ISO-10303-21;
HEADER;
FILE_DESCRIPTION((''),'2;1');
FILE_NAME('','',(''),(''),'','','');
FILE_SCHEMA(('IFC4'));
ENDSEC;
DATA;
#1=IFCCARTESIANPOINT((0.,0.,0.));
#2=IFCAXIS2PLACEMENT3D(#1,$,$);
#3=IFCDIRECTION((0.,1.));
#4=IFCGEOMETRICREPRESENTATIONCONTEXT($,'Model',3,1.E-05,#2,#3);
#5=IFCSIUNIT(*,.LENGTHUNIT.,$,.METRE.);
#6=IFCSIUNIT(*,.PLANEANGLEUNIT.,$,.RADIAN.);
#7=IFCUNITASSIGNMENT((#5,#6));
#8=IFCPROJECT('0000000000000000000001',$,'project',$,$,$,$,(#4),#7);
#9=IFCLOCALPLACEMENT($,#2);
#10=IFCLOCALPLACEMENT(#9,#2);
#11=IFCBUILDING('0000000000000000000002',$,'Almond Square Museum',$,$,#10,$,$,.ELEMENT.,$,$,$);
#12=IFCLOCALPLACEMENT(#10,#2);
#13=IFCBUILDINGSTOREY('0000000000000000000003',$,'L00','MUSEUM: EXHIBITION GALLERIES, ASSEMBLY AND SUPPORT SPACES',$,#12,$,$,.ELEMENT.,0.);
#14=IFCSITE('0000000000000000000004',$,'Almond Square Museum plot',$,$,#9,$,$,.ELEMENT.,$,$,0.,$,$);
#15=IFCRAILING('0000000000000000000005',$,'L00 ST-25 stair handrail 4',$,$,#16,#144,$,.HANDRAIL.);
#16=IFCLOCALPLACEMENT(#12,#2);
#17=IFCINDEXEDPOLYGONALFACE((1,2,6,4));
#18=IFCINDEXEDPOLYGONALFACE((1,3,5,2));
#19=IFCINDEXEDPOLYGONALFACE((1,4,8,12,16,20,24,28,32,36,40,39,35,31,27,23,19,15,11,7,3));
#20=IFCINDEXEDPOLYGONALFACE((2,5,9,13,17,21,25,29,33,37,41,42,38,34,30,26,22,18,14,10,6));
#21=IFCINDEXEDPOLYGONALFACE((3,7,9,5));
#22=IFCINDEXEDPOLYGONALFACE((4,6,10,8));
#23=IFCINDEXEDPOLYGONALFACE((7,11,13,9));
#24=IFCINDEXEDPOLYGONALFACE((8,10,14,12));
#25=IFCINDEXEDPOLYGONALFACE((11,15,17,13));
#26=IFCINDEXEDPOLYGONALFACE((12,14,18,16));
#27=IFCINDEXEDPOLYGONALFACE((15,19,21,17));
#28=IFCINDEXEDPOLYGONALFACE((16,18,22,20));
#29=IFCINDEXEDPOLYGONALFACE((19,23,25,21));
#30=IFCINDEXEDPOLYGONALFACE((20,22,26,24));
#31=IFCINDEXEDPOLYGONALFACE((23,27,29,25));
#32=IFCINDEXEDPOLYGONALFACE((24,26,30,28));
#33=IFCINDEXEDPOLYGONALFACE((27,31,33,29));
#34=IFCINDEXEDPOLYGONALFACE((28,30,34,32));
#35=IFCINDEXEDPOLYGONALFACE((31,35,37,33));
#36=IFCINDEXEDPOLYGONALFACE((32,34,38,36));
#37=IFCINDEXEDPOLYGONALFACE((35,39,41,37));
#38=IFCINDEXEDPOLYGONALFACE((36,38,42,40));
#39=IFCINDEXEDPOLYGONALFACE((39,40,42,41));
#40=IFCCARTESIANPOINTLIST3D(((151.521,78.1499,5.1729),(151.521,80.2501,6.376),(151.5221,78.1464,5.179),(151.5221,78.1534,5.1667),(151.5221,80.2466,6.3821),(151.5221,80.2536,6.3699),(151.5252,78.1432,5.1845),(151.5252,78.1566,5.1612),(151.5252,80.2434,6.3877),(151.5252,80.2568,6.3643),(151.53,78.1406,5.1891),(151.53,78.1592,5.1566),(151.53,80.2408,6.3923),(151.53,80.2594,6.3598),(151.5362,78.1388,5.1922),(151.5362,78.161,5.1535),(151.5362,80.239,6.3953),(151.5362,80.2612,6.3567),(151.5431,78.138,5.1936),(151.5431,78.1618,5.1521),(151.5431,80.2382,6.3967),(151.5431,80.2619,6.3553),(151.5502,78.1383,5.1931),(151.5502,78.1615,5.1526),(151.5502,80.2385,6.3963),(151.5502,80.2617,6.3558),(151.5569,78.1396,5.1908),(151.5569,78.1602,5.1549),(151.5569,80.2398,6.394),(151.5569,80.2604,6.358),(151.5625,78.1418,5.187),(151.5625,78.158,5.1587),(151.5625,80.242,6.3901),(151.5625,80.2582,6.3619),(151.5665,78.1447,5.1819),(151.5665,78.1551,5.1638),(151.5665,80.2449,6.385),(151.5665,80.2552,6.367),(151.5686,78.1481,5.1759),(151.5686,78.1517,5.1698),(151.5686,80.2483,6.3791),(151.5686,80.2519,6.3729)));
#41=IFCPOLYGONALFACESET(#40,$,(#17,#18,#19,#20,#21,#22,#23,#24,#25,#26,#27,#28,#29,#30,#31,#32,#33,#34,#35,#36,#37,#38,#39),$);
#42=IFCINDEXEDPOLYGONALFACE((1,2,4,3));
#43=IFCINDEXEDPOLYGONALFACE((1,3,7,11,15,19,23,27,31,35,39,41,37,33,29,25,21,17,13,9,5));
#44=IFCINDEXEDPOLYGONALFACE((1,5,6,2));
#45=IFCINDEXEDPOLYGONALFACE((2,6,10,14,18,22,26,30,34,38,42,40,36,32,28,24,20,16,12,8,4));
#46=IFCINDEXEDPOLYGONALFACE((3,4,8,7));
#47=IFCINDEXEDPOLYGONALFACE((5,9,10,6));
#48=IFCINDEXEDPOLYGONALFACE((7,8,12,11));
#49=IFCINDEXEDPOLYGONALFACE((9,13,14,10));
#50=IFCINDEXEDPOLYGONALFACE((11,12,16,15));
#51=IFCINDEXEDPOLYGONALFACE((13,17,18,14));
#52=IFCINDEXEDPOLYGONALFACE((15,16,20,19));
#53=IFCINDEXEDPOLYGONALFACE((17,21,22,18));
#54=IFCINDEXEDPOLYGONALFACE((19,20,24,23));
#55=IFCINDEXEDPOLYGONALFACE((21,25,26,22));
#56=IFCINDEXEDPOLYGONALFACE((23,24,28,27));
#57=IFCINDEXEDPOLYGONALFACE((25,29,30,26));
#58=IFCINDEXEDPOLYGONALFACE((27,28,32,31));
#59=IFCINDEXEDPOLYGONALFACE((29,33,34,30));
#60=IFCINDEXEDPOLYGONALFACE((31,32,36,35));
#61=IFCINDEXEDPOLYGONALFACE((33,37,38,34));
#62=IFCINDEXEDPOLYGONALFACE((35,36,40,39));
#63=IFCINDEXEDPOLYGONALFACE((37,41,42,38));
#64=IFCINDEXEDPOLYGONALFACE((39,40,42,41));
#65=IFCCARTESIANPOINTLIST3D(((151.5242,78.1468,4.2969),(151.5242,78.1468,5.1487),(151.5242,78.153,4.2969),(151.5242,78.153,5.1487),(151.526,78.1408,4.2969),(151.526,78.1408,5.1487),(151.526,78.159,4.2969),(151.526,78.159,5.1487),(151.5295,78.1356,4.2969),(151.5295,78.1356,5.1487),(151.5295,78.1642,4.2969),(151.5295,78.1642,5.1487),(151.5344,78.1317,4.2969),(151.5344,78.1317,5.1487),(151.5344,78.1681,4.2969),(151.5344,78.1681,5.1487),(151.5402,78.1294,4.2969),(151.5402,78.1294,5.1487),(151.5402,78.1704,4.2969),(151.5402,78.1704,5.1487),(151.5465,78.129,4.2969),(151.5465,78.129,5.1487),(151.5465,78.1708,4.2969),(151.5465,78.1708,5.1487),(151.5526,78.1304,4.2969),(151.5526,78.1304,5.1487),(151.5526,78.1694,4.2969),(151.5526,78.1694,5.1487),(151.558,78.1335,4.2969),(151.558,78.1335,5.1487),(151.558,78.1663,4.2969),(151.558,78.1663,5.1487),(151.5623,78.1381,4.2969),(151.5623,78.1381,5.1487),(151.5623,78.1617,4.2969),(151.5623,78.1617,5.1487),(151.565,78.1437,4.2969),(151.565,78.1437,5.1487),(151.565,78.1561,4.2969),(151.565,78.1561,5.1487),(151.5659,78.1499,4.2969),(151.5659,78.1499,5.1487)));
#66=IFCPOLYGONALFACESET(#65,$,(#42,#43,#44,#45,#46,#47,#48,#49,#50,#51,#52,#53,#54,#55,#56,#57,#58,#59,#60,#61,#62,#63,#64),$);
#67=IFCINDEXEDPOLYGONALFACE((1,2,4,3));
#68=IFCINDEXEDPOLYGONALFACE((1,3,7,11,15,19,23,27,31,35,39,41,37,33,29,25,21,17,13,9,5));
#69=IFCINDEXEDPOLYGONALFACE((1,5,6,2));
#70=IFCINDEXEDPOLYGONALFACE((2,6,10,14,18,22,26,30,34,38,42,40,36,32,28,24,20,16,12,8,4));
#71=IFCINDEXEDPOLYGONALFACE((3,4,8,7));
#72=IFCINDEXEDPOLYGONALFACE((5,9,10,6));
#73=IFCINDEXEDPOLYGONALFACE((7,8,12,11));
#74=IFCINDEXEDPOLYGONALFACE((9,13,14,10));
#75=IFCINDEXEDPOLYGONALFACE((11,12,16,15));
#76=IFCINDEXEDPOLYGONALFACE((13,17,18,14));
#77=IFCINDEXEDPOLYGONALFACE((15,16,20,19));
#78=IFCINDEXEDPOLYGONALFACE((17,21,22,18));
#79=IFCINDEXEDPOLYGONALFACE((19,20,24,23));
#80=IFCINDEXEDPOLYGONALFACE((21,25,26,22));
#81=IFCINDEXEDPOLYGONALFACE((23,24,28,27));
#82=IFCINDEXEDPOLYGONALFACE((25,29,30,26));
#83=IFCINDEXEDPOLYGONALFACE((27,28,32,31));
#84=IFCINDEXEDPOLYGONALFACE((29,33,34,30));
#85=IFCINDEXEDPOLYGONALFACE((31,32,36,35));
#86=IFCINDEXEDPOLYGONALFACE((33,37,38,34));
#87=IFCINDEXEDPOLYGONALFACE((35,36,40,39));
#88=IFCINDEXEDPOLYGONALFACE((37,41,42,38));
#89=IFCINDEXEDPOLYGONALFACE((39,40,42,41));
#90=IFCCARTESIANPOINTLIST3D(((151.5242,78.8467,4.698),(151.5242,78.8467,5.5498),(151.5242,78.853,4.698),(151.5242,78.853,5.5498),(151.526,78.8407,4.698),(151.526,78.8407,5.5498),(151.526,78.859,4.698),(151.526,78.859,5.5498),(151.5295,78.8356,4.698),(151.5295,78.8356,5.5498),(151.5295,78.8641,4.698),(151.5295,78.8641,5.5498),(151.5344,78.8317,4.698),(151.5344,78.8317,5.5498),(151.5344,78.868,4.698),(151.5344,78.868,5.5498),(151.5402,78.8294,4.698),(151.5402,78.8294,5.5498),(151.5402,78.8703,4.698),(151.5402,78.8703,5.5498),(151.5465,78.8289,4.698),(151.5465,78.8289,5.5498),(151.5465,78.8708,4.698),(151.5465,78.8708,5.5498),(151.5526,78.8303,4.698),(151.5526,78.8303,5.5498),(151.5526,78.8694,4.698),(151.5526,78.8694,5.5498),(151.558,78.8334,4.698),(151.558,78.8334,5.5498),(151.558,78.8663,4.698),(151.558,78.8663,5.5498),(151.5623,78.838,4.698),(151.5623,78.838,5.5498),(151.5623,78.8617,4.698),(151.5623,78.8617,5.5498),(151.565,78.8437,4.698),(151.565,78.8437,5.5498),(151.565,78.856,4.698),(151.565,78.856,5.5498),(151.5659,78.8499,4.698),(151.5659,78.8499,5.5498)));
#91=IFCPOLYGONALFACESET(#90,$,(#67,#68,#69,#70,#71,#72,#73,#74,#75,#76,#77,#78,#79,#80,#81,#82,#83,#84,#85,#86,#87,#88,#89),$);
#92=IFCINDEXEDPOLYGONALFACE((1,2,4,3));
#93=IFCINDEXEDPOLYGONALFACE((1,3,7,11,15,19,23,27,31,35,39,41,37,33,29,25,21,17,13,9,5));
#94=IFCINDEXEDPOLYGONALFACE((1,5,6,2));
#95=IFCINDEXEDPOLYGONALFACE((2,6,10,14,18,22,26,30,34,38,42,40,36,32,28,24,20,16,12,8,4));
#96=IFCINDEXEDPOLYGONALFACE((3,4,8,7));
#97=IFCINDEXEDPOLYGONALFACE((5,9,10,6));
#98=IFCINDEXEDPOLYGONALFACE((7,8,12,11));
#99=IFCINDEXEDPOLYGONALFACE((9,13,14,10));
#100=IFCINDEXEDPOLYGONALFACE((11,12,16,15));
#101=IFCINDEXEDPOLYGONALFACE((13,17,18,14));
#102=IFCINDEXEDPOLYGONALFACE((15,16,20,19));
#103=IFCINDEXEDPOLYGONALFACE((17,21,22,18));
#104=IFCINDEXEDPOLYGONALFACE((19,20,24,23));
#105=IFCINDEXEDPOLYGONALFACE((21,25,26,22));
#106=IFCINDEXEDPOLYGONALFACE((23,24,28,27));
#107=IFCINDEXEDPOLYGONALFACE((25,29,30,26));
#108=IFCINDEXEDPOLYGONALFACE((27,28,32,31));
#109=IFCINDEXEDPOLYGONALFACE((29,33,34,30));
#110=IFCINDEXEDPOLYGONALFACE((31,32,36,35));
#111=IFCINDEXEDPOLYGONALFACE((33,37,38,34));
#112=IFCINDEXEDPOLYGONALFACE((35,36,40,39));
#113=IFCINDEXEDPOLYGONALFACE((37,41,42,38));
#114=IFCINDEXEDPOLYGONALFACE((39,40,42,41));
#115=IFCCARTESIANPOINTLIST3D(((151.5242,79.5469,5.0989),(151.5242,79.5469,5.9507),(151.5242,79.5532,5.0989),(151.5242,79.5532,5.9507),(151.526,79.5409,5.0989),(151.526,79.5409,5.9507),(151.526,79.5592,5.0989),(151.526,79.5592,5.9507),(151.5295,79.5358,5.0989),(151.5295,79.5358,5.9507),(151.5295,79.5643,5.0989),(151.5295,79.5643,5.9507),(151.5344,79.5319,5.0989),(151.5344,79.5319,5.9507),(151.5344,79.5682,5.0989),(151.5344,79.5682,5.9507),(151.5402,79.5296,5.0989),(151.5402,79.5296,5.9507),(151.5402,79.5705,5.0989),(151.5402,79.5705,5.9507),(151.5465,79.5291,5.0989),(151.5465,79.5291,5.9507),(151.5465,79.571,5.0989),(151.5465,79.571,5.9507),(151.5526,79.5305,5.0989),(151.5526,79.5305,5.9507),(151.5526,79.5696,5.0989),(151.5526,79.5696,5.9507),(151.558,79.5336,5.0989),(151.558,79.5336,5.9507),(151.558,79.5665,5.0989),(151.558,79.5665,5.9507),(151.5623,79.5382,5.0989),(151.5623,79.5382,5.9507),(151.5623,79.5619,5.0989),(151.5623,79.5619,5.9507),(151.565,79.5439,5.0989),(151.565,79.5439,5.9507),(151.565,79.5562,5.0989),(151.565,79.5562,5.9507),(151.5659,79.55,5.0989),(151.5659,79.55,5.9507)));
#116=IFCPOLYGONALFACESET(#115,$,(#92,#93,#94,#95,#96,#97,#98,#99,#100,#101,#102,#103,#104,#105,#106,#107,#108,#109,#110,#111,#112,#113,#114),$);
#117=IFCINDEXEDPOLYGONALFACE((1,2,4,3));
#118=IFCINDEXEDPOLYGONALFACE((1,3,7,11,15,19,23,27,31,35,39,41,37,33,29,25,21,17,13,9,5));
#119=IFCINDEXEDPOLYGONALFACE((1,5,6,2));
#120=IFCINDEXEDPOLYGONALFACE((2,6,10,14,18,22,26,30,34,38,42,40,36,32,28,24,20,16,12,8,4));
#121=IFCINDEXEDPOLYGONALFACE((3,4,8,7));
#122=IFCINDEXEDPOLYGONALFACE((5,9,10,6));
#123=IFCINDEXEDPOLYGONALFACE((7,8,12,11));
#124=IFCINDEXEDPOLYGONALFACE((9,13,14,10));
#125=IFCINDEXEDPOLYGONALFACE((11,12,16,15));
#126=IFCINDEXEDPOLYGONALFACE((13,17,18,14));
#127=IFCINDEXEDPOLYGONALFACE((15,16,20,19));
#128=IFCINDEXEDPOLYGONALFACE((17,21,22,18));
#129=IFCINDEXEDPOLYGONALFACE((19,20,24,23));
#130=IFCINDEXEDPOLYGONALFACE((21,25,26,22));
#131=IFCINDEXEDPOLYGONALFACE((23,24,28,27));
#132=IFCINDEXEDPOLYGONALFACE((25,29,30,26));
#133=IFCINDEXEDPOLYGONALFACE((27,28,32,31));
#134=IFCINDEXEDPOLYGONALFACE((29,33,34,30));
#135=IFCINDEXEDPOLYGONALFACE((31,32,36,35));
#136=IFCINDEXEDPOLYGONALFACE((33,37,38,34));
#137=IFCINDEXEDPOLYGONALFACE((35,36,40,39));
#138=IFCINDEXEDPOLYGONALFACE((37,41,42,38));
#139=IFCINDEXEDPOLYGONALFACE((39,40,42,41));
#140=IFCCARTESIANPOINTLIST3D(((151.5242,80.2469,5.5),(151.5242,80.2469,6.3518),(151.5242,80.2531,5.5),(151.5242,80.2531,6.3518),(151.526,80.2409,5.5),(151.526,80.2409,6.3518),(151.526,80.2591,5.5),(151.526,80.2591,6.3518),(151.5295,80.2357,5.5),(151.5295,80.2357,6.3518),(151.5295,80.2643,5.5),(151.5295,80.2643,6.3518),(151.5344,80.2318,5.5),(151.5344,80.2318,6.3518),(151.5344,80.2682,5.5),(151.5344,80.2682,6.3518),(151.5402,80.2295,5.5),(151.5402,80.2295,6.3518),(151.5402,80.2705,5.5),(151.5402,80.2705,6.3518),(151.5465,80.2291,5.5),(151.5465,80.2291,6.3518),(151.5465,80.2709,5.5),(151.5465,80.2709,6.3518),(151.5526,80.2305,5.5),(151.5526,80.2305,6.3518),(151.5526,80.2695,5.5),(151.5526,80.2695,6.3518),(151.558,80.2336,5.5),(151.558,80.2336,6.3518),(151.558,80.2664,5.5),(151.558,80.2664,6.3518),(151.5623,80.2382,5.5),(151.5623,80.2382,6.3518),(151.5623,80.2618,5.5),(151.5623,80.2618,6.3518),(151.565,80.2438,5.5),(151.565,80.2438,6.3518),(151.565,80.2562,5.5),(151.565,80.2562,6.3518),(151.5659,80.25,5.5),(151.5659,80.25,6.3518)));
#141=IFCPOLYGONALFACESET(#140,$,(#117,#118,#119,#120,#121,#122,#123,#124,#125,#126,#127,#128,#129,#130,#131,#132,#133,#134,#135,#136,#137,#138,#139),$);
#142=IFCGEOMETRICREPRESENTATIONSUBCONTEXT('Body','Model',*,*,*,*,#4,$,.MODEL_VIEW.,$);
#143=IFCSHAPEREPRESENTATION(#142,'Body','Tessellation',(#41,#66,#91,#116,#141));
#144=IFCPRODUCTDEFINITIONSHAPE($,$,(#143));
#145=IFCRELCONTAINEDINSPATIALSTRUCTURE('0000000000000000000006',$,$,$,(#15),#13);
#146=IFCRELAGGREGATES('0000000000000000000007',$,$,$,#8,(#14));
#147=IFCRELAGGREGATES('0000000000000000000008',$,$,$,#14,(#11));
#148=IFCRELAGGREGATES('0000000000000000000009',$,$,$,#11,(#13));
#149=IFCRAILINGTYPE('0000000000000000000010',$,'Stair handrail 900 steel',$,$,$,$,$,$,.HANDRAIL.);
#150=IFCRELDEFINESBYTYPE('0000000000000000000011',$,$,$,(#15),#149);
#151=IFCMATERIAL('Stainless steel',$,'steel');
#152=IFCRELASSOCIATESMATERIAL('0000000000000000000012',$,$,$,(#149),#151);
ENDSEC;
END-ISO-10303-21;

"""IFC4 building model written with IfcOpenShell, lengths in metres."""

from ifc_helpers import new_model, si_unit, direction, frame, origin, origin_2d, place, context, subcontext, project, spatial, circle, extrude, material, type_object, element, save


model = new_model("IFC4")

# Units and contexts
model_context = context("Model", 3, precision=1e-05, world=origin(), true_north=direction((0.0, 1.0)))
body_context = subcontext(model_context, "Body", "Model", "MODEL_VIEW")
ifc_project = project(units=[si_unit("LENGTHUNIT", "METRE"), si_unit("PLANEANGLEUNIT", "RADIAN")], contexts=[model_context])

# Site, building, storey
site_placement = place(None, origin())
site = spatial("IfcSite", under=ifc_project, at=site_placement, Name="Almond Square Museum plot", CompositionType="ELEMENT", RefElevation=0.0)
building_placement = place(site_placement, origin())
building = spatial("IfcBuilding", under=site, at=building_placement, Name="Almond Square Museum", CompositionType="ELEMENT")
storey_placement = place(building_placement, origin())
storey = spatial("IfcBuildingStorey", under=building, at=storey_placement, Name="L00", Description="MUSEUM: EXHIBITION GALLERIES, ASSEMBLY AND SUPPORT SPACES", CompositionType="ELEMENT", Elevation=0.0)

# Railing
ifc_material_1 = material(Name="Stainless steel", Category="steel")
railing_type_1 = type_object("IfcRailingType", Name="Stair handrail 900 steel", PredefinedType="HANDRAIL", material=ifc_material_1)
for number, where, name in (
    (1, (151.5449, 78.1499, 4.2969), "L00 ST-25 stair handrail 4"),
):
    element("IfcRailing", number, at=place(storey_placement, frame(where)), inside=storey, type_object=railing_type_1, Name=name, PredefinedType="HANDRAIL", context=body_context, shape_type="SweptSolid", body=[
        extrude(circle(Radius=0.0239, at=origin_2d()), frame((0.0, 0.0, 0.876), z_axis=(0.0, 0.867696, 0.497095), x_axis=(-1.0, 0.0, 0.0)), (0.0, 0.0, 1.0), 2.4204),
        extrude(circle(Radius=0.021, at=origin_2d()), origin(), (0.0, 0.0, 1.0), 0.8518),
        extrude(circle(Radius=0.021, at=origin_2d()), frame((0.0, 0.7, 0.4011)), (0.0, 0.0, 1.0), 0.8518),
        extrude(circle(Radius=0.021, at=origin_2d()), frame((0.0, 1.4001, 0.802)), (0.0, 0.0, 1.0), 0.8518),
        extrude(circle(Radius=0.021, at=origin_2d()), frame((0.0, 2.1001, 1.2031)), (0.0, 0.0, 1.0), 0.8518),
    ])

save(model, "model.ifc")
